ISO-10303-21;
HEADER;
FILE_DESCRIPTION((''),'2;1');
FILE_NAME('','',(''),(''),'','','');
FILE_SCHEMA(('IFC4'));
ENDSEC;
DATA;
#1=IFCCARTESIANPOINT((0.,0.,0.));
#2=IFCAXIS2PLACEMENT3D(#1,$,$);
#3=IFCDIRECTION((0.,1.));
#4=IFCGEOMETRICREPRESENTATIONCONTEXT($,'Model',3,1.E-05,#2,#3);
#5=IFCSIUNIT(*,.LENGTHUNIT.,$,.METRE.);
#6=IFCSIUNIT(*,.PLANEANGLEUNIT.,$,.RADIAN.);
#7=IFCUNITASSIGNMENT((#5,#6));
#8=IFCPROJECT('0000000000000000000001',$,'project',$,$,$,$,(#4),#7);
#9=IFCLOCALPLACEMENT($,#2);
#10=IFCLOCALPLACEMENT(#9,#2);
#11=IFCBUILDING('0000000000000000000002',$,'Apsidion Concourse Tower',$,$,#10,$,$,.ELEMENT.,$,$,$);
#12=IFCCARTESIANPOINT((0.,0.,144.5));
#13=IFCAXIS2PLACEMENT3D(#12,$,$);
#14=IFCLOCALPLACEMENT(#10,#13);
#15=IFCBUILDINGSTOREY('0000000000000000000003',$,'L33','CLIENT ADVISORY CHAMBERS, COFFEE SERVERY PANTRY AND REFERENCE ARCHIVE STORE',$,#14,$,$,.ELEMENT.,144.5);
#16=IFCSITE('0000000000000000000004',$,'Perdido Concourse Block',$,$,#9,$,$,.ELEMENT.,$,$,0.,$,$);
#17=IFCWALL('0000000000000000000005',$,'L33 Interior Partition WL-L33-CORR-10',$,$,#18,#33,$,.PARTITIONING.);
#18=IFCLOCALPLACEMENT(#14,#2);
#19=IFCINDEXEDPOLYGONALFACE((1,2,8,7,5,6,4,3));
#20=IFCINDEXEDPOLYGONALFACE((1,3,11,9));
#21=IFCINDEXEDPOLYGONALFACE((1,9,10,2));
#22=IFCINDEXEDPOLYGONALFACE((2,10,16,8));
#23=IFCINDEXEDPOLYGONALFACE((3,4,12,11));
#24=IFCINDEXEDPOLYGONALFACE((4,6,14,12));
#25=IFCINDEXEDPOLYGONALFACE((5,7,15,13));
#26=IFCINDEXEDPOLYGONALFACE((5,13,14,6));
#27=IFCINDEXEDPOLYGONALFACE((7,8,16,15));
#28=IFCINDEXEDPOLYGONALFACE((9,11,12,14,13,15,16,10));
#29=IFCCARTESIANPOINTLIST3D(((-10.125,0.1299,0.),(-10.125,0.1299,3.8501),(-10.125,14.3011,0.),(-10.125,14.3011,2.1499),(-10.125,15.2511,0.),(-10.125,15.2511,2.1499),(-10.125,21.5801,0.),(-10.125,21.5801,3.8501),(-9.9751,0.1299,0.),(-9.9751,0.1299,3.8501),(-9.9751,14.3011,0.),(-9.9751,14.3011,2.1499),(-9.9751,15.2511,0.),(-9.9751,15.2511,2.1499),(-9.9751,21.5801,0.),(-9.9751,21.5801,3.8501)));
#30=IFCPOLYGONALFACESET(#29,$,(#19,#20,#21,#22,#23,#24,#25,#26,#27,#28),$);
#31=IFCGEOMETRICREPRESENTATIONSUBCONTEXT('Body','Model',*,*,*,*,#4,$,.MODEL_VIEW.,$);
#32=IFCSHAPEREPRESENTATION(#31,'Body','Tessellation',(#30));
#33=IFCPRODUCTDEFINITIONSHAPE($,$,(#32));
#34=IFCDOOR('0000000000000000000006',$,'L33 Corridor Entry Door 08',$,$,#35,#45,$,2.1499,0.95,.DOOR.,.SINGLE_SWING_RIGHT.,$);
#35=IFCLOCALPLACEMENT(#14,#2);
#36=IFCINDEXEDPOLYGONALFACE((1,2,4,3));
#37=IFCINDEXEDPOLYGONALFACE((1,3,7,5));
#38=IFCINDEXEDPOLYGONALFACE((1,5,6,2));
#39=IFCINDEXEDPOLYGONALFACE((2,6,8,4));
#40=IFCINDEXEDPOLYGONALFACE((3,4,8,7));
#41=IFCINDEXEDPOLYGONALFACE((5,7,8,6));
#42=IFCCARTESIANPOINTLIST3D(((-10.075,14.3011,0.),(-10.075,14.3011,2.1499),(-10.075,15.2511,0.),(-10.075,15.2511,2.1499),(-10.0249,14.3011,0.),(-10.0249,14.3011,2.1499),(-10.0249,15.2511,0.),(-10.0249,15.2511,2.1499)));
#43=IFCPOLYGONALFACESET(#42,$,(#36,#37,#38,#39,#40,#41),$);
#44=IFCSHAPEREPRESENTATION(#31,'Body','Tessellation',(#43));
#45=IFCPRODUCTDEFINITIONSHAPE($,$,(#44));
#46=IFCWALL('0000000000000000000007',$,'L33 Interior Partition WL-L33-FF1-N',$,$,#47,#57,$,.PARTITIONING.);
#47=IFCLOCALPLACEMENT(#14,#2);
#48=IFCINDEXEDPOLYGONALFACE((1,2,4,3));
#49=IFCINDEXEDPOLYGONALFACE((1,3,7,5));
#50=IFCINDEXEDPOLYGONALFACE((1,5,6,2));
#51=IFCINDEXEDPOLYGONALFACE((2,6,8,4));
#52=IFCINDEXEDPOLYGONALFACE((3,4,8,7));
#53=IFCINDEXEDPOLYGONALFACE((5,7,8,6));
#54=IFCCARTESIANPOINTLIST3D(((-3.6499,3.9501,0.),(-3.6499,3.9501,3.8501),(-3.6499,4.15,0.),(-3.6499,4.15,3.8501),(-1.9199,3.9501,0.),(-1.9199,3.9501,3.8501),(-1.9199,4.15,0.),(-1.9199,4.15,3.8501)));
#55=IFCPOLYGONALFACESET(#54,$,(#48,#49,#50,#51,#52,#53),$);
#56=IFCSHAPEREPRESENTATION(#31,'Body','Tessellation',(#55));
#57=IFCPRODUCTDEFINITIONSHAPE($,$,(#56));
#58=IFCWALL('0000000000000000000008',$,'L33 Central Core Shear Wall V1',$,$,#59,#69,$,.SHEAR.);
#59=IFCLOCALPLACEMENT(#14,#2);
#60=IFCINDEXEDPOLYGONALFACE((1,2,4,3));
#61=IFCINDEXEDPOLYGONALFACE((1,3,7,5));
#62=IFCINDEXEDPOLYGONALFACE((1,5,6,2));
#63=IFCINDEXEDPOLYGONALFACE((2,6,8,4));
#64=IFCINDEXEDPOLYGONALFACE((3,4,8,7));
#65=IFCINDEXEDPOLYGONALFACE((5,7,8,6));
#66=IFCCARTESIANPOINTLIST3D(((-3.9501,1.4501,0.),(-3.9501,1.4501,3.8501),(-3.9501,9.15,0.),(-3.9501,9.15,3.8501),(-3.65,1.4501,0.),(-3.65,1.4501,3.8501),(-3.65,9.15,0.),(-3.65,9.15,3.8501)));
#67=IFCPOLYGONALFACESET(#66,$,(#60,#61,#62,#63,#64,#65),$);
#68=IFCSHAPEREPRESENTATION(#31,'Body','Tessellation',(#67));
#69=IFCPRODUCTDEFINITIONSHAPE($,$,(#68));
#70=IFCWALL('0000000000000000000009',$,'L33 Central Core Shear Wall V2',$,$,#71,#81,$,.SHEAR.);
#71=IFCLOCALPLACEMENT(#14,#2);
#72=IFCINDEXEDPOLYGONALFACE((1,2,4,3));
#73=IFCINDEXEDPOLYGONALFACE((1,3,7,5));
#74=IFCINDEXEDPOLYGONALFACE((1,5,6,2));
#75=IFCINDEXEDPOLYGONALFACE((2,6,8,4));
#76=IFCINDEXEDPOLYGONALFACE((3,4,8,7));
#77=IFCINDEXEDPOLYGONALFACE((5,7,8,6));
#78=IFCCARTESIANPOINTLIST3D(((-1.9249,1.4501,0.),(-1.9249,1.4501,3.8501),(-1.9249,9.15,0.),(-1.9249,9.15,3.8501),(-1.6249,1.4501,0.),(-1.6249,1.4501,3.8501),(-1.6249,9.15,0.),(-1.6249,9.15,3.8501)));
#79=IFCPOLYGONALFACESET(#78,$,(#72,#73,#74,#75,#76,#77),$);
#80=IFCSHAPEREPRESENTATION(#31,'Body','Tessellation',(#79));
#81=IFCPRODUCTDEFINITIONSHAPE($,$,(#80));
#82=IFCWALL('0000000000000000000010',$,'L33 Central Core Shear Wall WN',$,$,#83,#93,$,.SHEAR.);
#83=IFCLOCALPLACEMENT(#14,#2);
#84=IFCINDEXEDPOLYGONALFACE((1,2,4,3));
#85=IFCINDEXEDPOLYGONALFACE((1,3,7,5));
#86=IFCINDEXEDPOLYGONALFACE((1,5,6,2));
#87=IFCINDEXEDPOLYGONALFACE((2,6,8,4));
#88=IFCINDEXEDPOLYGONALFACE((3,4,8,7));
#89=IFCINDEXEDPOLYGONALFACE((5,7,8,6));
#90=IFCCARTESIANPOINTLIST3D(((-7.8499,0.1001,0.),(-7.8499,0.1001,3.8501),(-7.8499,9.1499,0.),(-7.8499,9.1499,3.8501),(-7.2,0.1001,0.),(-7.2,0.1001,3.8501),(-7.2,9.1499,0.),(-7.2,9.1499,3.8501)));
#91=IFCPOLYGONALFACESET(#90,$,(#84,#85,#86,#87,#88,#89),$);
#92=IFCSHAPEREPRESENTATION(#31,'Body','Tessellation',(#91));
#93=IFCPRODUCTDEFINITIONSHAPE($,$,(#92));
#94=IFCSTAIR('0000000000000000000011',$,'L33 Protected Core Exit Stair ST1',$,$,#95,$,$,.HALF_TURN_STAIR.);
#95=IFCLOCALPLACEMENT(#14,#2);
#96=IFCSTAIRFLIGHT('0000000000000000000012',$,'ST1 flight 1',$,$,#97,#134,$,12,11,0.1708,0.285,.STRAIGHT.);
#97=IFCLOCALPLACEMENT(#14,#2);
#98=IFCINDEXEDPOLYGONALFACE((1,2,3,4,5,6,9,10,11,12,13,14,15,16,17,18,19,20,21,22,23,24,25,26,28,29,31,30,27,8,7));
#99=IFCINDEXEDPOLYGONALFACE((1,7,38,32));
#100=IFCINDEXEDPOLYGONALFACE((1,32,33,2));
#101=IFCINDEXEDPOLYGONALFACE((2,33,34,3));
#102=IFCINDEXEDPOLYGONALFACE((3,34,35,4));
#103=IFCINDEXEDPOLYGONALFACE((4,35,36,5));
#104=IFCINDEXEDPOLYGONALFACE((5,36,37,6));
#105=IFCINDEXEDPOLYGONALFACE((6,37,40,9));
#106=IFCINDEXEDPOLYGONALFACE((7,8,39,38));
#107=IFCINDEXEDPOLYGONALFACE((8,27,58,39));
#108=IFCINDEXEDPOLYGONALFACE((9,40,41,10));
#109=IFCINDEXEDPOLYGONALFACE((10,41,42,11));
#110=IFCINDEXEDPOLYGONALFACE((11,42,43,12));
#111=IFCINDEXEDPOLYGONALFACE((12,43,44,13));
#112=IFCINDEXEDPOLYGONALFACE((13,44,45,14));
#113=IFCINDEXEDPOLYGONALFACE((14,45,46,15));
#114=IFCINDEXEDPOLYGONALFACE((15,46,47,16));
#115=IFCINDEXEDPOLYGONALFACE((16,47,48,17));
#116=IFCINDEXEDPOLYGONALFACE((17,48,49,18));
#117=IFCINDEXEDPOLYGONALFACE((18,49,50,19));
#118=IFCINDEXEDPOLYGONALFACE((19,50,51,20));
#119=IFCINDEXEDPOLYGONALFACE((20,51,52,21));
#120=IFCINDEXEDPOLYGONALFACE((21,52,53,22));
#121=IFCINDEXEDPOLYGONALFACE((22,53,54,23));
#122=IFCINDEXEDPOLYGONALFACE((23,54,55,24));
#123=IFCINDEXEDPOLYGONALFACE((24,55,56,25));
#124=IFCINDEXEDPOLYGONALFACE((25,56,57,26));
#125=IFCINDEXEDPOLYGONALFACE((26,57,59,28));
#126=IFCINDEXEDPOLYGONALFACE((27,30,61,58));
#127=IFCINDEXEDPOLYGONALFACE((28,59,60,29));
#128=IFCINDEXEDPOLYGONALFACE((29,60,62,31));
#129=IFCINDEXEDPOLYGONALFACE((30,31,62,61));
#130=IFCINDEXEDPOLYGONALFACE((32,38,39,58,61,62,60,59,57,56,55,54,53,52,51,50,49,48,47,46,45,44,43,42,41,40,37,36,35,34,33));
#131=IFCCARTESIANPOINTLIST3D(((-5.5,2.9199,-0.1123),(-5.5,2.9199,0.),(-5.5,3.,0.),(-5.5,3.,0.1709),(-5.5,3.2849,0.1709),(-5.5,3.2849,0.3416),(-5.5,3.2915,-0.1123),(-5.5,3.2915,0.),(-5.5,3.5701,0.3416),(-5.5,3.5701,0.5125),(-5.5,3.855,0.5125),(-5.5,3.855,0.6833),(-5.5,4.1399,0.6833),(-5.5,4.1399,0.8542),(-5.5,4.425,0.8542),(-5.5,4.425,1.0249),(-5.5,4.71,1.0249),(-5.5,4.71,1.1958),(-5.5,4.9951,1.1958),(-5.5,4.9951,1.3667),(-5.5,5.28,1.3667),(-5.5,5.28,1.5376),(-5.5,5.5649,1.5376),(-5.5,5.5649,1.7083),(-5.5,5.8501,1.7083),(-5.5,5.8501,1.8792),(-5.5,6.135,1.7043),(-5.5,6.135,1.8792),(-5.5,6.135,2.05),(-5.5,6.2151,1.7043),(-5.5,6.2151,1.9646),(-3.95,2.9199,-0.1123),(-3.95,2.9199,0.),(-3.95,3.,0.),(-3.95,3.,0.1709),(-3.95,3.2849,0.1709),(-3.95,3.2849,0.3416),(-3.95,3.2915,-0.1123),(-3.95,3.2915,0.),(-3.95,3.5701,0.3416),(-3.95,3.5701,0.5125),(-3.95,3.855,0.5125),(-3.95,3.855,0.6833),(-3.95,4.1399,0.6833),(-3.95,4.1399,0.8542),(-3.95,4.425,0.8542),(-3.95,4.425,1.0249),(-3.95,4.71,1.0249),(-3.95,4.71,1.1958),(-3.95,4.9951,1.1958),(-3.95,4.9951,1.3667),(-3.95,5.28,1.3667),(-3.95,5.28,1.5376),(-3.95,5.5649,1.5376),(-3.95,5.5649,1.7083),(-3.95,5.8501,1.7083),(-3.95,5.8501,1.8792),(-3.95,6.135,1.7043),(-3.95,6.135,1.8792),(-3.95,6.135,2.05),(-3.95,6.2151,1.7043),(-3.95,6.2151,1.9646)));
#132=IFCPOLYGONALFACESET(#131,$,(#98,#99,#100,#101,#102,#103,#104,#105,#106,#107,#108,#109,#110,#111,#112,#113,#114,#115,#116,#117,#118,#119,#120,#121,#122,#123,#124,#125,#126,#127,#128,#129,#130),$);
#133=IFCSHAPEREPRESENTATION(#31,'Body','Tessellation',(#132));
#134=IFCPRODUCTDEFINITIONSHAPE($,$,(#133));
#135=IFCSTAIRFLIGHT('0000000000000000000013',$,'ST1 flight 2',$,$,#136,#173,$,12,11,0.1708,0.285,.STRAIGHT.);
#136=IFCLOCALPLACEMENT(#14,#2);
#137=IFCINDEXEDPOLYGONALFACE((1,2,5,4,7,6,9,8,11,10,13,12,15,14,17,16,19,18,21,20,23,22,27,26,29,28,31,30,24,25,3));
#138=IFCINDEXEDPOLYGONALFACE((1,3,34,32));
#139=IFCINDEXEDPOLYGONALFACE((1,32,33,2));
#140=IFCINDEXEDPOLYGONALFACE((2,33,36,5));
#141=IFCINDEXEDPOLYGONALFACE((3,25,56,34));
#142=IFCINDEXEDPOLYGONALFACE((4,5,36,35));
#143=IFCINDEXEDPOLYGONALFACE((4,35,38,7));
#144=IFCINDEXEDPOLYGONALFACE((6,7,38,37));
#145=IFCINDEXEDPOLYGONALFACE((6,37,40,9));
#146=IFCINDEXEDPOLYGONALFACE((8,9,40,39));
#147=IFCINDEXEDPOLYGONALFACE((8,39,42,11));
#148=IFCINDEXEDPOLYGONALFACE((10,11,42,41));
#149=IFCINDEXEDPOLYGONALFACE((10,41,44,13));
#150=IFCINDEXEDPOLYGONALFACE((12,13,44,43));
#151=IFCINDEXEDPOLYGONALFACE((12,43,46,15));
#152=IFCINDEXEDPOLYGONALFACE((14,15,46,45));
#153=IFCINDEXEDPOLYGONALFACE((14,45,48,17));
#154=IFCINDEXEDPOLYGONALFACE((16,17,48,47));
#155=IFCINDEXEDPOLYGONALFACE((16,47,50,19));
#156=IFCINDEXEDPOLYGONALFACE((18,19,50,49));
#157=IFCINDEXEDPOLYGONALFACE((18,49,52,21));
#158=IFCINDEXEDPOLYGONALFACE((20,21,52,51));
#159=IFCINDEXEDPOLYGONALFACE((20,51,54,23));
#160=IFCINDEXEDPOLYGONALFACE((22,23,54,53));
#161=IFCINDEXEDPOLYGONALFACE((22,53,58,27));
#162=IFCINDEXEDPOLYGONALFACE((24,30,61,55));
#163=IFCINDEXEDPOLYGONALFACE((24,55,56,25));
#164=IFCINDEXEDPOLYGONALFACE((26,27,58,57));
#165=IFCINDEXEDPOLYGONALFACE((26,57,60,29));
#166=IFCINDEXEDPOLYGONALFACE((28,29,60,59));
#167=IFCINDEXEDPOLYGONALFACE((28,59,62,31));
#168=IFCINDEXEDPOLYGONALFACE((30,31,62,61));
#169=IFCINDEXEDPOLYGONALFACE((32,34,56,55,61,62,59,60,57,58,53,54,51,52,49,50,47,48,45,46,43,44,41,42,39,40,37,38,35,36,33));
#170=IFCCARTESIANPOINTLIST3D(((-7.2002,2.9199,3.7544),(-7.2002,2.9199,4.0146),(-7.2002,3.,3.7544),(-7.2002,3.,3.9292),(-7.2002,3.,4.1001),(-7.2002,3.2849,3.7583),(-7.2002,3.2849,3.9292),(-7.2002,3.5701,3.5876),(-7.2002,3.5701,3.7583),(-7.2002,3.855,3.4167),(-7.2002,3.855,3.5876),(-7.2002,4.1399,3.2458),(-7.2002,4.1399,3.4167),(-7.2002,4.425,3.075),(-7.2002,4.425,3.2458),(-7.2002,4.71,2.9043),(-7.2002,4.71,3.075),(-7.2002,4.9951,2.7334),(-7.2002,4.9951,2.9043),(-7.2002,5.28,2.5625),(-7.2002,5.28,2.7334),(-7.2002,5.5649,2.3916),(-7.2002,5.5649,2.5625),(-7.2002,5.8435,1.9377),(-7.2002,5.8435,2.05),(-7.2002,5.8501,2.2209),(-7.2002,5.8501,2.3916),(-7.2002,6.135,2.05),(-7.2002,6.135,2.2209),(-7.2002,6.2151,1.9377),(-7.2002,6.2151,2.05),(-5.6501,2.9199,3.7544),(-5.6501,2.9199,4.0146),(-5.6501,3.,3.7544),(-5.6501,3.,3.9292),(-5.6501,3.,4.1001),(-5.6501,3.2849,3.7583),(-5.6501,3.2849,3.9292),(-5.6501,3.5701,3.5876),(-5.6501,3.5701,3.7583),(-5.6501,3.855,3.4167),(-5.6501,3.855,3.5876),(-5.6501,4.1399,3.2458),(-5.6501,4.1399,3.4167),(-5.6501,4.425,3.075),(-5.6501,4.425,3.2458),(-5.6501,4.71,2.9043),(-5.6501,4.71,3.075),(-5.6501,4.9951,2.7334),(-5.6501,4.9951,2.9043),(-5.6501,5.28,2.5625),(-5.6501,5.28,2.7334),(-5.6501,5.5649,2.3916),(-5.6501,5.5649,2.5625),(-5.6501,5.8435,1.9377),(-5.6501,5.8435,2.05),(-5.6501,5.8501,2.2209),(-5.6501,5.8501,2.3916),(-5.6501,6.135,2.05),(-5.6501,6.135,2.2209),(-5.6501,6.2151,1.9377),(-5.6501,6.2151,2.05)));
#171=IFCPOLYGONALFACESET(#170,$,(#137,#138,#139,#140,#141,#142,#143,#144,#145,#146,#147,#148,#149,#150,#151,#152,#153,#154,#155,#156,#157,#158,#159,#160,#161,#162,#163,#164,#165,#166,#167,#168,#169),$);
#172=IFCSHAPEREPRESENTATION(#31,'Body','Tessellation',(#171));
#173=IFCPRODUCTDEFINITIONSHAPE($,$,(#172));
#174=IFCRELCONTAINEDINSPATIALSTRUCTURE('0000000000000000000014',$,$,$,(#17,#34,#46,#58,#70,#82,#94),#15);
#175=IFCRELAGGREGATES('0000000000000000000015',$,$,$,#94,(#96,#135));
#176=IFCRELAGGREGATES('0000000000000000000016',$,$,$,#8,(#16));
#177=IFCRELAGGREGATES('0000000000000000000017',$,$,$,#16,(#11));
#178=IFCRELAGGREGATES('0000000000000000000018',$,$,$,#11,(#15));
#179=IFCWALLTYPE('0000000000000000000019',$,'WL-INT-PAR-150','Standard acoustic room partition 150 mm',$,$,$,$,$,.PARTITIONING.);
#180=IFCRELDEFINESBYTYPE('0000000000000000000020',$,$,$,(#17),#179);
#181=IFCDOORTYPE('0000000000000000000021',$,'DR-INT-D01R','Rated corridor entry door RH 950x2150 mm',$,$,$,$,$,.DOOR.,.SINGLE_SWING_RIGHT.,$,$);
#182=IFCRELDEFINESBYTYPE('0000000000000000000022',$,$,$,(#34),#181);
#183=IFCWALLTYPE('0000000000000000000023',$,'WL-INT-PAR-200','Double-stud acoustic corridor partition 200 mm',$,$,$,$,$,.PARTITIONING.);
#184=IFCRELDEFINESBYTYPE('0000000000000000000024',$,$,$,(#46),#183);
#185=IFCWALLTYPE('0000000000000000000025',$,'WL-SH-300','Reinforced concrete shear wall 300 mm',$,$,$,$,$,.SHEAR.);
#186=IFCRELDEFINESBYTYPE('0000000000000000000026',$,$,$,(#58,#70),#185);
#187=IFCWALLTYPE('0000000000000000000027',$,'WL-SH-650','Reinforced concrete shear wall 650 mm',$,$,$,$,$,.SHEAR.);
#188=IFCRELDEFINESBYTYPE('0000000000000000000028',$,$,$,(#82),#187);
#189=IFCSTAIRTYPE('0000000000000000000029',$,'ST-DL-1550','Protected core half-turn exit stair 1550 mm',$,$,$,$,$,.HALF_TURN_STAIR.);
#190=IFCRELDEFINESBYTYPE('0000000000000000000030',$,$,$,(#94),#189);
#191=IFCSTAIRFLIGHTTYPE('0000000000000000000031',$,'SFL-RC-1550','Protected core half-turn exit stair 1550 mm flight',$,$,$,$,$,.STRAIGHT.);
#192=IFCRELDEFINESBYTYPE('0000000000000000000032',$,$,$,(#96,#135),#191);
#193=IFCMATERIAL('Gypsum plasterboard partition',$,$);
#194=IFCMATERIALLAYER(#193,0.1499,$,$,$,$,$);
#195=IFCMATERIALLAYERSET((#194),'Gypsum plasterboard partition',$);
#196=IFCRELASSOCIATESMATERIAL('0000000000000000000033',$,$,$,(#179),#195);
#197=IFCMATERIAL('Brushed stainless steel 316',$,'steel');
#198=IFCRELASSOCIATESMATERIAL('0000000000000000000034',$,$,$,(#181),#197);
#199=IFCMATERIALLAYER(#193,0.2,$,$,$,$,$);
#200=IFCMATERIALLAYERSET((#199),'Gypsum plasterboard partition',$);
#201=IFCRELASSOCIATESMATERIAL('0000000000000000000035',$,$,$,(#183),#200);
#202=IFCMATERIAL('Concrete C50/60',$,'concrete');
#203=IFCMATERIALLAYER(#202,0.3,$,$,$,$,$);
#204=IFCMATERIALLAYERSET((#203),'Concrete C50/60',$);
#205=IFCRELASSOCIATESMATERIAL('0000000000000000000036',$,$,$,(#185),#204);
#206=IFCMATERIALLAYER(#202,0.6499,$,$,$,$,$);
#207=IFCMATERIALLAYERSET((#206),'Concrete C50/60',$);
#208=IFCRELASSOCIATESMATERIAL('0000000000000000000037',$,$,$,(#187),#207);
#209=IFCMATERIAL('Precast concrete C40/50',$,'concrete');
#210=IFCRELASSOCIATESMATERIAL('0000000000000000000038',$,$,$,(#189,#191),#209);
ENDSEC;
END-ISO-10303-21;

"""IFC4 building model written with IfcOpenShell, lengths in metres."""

from ifc_helpers import new_model, si_unit, direction, frame, frame_2d, origin, place, context, subcontext, project, spatial, polyline, rectangle, outline, extrude, material, layer, layer_set, type_object, element, fill, aggregate, save


model = new_model("IFC4")

# Units and contexts
model_context = context("Model", 3, precision=1e-05, world=origin(), true_north=direction((0.0, 1.0)))
body_context = subcontext(model_context, "Body", "Model", "MODEL_VIEW")
ifc_project = project(units=[si_unit("LENGTHUNIT", "METRE"), si_unit("PLANEANGLEUNIT", "RADIAN")], contexts=[model_context])

# Site, building, storey
site_placement = place(None, origin())
site = spatial("IfcSite", under=ifc_project, at=site_placement, Name="Perdido Concourse Block", CompositionType="ELEMENT", RefElevation=0.0)
building_placement = place(site_placement, origin())
building = spatial("IfcBuilding", under=site, at=building_placement, Name="Apsidion Concourse Tower", CompositionType="ELEMENT")
storey_placement = place(building_placement, frame((0.0, 0.0, 144.5)))
storey = spatial("IfcBuildingStorey", under=building, at=storey_placement, Name="L33", Description="CLIENT ADVISORY CHAMBERS, COFFEE SERVERY PANTRY AND REFERENCE ARCHIVE STORE", CompositionType="ELEMENT", Elevation=144.5)

# Shared definitions
ifc_material_1 = material(Name="Concrete C50/60", Category="concrete")

# Wall, opening, door
ifc_material_2 = material(Name="Gypsum plasterboard partition")
ifc_layer_1 = layer(ifc_material_2, 0.1499)
ifc_layer_set_1 = layer_set([ifc_layer_1], Name="Gypsum plasterboard partition")
wall_type_1 = type_object("IfcWallType", Name="WL-INT-PAR-150", Description="Standard acoustic room partition 150 mm", PredefinedType="PARTITIONING", material=ifc_layer_set_1)
ifc_material_3 = material(Name="Brushed stainless steel 316", Category="steel")
wall_1_placement = place(storey_placement, frame((-10.05, 0.1299, 0.0), z_axis=(0.0, 0.0, 1.0), x_axis=(0.0, 1.0, 0.0)))
wall_1 = element("IfcWall", 1, at=wall_1_placement, inside=storey, type_object=wall_type_1, Name="L33 Interior Partition WL-L33-CORR-10", PredefinedType="PARTITIONING", context=body_context, shape_type="SweptSolid", body=[
    extrude(rectangle(XDim=21.4502, YDim=0.1499, at=frame_2d((10.7251, 0.0))), origin(), (0.0, 0.0, 1.0), 3.8501),
])
opening_1_placement = place(wall_1_placement, frame((14.1711, 0.0, 0.0)))
opening_1 = element("IfcOpeningElement", 2, at=opening_1_placement, cuts=wall_1, PredefinedType="OPENING", context=body_context, shape_type="SweptSolid", body=[
    extrude(rectangle(XDim=0.95, YDim=2.1499, at=frame_2d((0.4751, 1.075))), frame((0.0, 0.085, 0.0), z_axis=(0.0, -1.0, 0.0), x_axis=(1.0, 0.0, 0.0)), (0.0, 0.0, 1.0), 0.1699),
])
door_type_1 = type_object("IfcDoorType", Name="DR-INT-D01R", Description="Rated corridor entry door RH 950x2150 mm", OperationType="SINGLE_SWING_RIGHT", PredefinedType="DOOR", material=ifc_material_3)
door_1_placement = place(opening_1_placement, origin())
door_1 = element("IfcDoor", 3, at=door_1_placement, inside=storey, type_object=door_type_1, Name="L33 Corridor Entry Door 08", OperationType="SINGLE_SWING_RIGHT", OverallHeight=2.1499, OverallWidth=0.95, PredefinedType="DOOR", context=body_context, shape_type="SweptSolid", body=[
    extrude(rectangle(XDim=0.95, YDim=2.1499, at=frame_2d((0.4751, 1.075))), frame((0.0, 0.0249, 0.0), z_axis=(0.0, -1.0, 0.0), x_axis=(1.0, 0.0, 0.0)), (0.0, 0.0, 1.0), 0.05),
])
fill(opening_1, door_1)

# Walls
ifc_layer_2 = layer(ifc_material_2, 0.2)
ifc_layer_set_2 = layer_set([ifc_layer_2], Name="Gypsum plasterboard partition")
wall_type_2 = type_object("IfcWallType", Name="WL-INT-PAR-200", Description="Double-stud acoustic corridor partition 200 mm", PredefinedType="PARTITIONING", material=ifc_layer_set_2)
wall_2_placement = place(storey_placement, frame((-3.6499, 4.05, 0.0), z_axis=(0.0, 0.0, 1.0), x_axis=(1.0, 0.0, 0.0)))
element("IfcWall", 4, at=wall_2_placement, inside=storey, type_object=wall_type_2, Name="L33 Interior Partition WL-L33-FF1-N", PredefinedType="PARTITIONING", context=body_context, shape_type="SweptSolid", body=[
    extrude(rectangle(XDim=1.73, YDim=0.2, at=frame_2d((0.865, 0.0))), origin(), (0.0, 0.0, 1.0), 3.8501),
])
ifc_layer_3 = layer(ifc_material_1, 0.3)
ifc_layer_set_3 = layer_set([ifc_layer_3], Name="Concrete C50/60")
wall_type_3 = type_object("IfcWallType", Name="WL-SH-300", Description="Reinforced concrete shear wall 300 mm", PredefinedType="SHEAR", material=ifc_layer_set_3)
for number, where, z_axis, x_axis, name in (
    (5, (-3.8, 1.45, 0.0), (0.0, 0.0, 1.0), (0.0, 1.0, 0.0), "L33 Central Core Shear Wall V1"),
    (6, (-1.7749, 1.45, 0.0), (0.0, 0.0, 1.0), (0.0, 1.0, 0.0), "L33 Central Core Shear Wall V2"),
):
    element("IfcWall", number, at=place(storey_placement, frame(where, z_axis=z_axis, x_axis=x_axis)), inside=storey, type_object=wall_type_3, Name=name, PredefinedType="SHEAR", context=body_context, shape_type="SweptSolid", body=[
        extrude(rectangle(XDim=7.7, YDim=0.3, at=frame_2d((3.8501, 0.0))), origin(), (0.0, 0.0, 1.0), 3.8501),
    ])

# Wall
ifc_layer_4 = layer(ifc_material_1, 0.6499)
ifc_layer_set_4 = layer_set([ifc_layer_4], Name="Concrete C50/60")
wall_type_4 = type_object("IfcWallType", Name="WL-SH-650", Description="Reinforced concrete shear wall 650 mm", PredefinedType="SHEAR", material=ifc_layer_set_4)
wall_3_placement = place(storey_placement, frame((-7.5249, 0.1001, 0.0), z_axis=(0.0, 0.0, 1.0), x_axis=(0.0, 1.0, 0.0)))
element("IfcWall", 7, at=wall_3_placement, inside=storey, type_object=wall_type_4, Name="L33 Central Core Shear Wall WN", PredefinedType="SHEAR", context=body_context, shape_type="SweptSolid", body=[
    extrude(rectangle(XDim=9.0498, YDim=0.6499, at=frame_2d((4.5249, 0.0))), origin(), (0.0, 0.0, 1.0), 3.8501),
])

# Stair, stair flights
ifc_material_4 = material(Name="Precast concrete C40/50", Category="concrete")
stair_type = type_object("IfcStairType", Name="ST-DL-1550", Description="Protected core half-turn exit stair 1550 mm", PredefinedType="HALF_TURN_STAIR", material=ifc_material_4)
stair_placement = place(storey_placement, origin())
stair = element("IfcStair", 8, at=stair_placement, inside=storey, type_object=stair_type, Name="L33 Protected Core Exit Stair ST1", PredefinedType="HALF_TURN_STAIR")
stair_flight_type = type_object("IfcStairFlightType", Name="SFL-RC-1550", Description="Protected core half-turn exit stair 1550 mm flight", PredefinedType="STRAIGHT", material=ifc_material_4)
stair_flight_1_placement = place(storey_placement, frame((-4.7251, 3.0, 0.0), z_axis=(0.0, 0.0, 1.0), x_axis=(0.0, 1.0, 0.0)))
stair_flight_1 = element("IfcStairFlight", 9, at=stair_flight_1_placement, type_object=stair_flight_type, Name="ST1 flight 1", NumberOfRisers=12, NumberOfTreads=11, PredefinedType="STRAIGHT", RiserHeight=0.1708, TreadLength=0.285, context=body_context, shape_type="SweptSolid", body=[
    extrude(outline(polyline([(-0.0801, -0.1123), (-0.0801, 0.0), (0.0, 0.0), (0.0, 0.1709), (0.2849, 0.1709), (0.2849, 0.3416), (0.5701, 0.3416), (0.5701, 0.5125), (0.855, 0.5125), (0.855, 0.6833), (1.1399, 0.6833), (1.1399, 0.8542), (1.425, 0.8542), (1.425, 1.0249), (1.71, 1.0249), (1.71, 1.1958), (1.9951, 1.1958), (1.9951, 1.3667), (2.28, 1.3667), (2.28, 1.5376), (2.5649, 1.5376), (2.5649, 1.7083), (2.8501, 1.7083), (2.8501, 1.8792), (3.135, 1.8792), (3.135, 2.05), (3.2151, 1.9646), (3.2151, 1.7043), (3.135, 1.7043), (0.2915, 0.0), (0.2915, -0.1123), (-0.0801, -0.1123)])), frame((0.0, 0.7749, 0.0), z_axis=(0.0, -1.0, 0.0), x_axis=(1.0, 0.0, 0.0)), (0.0, 0.0, 1.0), 1.55),
])
stair_flight_2_placement = place(storey_placement, frame((-6.425, 6.135, 2.05), z_axis=(0.0, 0.0, 1.0), x_axis=(0.0, -1.0, 0.0)))
stair_flight_2 = element("IfcStairFlight", 10, at=stair_flight_2_placement, type_object=stair_flight_type, Name="ST1 flight 2", NumberOfRisers=12, NumberOfTreads=11, PredefinedType="STRAIGHT", RiserHeight=0.1708, TreadLength=0.285, context=body_context, shape_type="SweptSolid", body=[
    extrude(outline(polyline([(-0.0801, -0.1123), (-0.0801, 0.0), (0.0, 0.0), (0.0, 0.1709), (0.2849, 0.1709), (0.2849, 0.3416), (0.5701, 0.3416), (0.5701, 0.5125), (0.855, 0.5125), (0.855, 0.6833), (1.1399, 0.6833), (1.1399, 0.8542), (1.425, 0.8542), (1.425, 1.0249), (1.71, 1.0249), (1.71, 1.1958), (1.9951, 1.1958), (1.9951, 1.3667), (2.28, 1.3667), (2.28, 1.5376), (2.5649, 1.5376), (2.5649, 1.7083), (2.8501, 1.7083), (2.8501, 1.8792), (3.135, 1.8792), (3.135, 2.05), (3.2151, 1.9646), (3.2151, 1.7043), (3.135, 1.7043), (0.2915, 0.0), (0.2915, -0.1123), (-0.0801, -0.1123)])), frame((0.0, 0.7749, 0.0), z_axis=(0.0, -1.0, 0.0), x_axis=(1.0, 0.0, 0.0)), (0.0, 0.0, 1.0), 1.55),
])
aggregate(stair, [stair_flight_1, stair_flight_2])

save(model, "model.ifc")
